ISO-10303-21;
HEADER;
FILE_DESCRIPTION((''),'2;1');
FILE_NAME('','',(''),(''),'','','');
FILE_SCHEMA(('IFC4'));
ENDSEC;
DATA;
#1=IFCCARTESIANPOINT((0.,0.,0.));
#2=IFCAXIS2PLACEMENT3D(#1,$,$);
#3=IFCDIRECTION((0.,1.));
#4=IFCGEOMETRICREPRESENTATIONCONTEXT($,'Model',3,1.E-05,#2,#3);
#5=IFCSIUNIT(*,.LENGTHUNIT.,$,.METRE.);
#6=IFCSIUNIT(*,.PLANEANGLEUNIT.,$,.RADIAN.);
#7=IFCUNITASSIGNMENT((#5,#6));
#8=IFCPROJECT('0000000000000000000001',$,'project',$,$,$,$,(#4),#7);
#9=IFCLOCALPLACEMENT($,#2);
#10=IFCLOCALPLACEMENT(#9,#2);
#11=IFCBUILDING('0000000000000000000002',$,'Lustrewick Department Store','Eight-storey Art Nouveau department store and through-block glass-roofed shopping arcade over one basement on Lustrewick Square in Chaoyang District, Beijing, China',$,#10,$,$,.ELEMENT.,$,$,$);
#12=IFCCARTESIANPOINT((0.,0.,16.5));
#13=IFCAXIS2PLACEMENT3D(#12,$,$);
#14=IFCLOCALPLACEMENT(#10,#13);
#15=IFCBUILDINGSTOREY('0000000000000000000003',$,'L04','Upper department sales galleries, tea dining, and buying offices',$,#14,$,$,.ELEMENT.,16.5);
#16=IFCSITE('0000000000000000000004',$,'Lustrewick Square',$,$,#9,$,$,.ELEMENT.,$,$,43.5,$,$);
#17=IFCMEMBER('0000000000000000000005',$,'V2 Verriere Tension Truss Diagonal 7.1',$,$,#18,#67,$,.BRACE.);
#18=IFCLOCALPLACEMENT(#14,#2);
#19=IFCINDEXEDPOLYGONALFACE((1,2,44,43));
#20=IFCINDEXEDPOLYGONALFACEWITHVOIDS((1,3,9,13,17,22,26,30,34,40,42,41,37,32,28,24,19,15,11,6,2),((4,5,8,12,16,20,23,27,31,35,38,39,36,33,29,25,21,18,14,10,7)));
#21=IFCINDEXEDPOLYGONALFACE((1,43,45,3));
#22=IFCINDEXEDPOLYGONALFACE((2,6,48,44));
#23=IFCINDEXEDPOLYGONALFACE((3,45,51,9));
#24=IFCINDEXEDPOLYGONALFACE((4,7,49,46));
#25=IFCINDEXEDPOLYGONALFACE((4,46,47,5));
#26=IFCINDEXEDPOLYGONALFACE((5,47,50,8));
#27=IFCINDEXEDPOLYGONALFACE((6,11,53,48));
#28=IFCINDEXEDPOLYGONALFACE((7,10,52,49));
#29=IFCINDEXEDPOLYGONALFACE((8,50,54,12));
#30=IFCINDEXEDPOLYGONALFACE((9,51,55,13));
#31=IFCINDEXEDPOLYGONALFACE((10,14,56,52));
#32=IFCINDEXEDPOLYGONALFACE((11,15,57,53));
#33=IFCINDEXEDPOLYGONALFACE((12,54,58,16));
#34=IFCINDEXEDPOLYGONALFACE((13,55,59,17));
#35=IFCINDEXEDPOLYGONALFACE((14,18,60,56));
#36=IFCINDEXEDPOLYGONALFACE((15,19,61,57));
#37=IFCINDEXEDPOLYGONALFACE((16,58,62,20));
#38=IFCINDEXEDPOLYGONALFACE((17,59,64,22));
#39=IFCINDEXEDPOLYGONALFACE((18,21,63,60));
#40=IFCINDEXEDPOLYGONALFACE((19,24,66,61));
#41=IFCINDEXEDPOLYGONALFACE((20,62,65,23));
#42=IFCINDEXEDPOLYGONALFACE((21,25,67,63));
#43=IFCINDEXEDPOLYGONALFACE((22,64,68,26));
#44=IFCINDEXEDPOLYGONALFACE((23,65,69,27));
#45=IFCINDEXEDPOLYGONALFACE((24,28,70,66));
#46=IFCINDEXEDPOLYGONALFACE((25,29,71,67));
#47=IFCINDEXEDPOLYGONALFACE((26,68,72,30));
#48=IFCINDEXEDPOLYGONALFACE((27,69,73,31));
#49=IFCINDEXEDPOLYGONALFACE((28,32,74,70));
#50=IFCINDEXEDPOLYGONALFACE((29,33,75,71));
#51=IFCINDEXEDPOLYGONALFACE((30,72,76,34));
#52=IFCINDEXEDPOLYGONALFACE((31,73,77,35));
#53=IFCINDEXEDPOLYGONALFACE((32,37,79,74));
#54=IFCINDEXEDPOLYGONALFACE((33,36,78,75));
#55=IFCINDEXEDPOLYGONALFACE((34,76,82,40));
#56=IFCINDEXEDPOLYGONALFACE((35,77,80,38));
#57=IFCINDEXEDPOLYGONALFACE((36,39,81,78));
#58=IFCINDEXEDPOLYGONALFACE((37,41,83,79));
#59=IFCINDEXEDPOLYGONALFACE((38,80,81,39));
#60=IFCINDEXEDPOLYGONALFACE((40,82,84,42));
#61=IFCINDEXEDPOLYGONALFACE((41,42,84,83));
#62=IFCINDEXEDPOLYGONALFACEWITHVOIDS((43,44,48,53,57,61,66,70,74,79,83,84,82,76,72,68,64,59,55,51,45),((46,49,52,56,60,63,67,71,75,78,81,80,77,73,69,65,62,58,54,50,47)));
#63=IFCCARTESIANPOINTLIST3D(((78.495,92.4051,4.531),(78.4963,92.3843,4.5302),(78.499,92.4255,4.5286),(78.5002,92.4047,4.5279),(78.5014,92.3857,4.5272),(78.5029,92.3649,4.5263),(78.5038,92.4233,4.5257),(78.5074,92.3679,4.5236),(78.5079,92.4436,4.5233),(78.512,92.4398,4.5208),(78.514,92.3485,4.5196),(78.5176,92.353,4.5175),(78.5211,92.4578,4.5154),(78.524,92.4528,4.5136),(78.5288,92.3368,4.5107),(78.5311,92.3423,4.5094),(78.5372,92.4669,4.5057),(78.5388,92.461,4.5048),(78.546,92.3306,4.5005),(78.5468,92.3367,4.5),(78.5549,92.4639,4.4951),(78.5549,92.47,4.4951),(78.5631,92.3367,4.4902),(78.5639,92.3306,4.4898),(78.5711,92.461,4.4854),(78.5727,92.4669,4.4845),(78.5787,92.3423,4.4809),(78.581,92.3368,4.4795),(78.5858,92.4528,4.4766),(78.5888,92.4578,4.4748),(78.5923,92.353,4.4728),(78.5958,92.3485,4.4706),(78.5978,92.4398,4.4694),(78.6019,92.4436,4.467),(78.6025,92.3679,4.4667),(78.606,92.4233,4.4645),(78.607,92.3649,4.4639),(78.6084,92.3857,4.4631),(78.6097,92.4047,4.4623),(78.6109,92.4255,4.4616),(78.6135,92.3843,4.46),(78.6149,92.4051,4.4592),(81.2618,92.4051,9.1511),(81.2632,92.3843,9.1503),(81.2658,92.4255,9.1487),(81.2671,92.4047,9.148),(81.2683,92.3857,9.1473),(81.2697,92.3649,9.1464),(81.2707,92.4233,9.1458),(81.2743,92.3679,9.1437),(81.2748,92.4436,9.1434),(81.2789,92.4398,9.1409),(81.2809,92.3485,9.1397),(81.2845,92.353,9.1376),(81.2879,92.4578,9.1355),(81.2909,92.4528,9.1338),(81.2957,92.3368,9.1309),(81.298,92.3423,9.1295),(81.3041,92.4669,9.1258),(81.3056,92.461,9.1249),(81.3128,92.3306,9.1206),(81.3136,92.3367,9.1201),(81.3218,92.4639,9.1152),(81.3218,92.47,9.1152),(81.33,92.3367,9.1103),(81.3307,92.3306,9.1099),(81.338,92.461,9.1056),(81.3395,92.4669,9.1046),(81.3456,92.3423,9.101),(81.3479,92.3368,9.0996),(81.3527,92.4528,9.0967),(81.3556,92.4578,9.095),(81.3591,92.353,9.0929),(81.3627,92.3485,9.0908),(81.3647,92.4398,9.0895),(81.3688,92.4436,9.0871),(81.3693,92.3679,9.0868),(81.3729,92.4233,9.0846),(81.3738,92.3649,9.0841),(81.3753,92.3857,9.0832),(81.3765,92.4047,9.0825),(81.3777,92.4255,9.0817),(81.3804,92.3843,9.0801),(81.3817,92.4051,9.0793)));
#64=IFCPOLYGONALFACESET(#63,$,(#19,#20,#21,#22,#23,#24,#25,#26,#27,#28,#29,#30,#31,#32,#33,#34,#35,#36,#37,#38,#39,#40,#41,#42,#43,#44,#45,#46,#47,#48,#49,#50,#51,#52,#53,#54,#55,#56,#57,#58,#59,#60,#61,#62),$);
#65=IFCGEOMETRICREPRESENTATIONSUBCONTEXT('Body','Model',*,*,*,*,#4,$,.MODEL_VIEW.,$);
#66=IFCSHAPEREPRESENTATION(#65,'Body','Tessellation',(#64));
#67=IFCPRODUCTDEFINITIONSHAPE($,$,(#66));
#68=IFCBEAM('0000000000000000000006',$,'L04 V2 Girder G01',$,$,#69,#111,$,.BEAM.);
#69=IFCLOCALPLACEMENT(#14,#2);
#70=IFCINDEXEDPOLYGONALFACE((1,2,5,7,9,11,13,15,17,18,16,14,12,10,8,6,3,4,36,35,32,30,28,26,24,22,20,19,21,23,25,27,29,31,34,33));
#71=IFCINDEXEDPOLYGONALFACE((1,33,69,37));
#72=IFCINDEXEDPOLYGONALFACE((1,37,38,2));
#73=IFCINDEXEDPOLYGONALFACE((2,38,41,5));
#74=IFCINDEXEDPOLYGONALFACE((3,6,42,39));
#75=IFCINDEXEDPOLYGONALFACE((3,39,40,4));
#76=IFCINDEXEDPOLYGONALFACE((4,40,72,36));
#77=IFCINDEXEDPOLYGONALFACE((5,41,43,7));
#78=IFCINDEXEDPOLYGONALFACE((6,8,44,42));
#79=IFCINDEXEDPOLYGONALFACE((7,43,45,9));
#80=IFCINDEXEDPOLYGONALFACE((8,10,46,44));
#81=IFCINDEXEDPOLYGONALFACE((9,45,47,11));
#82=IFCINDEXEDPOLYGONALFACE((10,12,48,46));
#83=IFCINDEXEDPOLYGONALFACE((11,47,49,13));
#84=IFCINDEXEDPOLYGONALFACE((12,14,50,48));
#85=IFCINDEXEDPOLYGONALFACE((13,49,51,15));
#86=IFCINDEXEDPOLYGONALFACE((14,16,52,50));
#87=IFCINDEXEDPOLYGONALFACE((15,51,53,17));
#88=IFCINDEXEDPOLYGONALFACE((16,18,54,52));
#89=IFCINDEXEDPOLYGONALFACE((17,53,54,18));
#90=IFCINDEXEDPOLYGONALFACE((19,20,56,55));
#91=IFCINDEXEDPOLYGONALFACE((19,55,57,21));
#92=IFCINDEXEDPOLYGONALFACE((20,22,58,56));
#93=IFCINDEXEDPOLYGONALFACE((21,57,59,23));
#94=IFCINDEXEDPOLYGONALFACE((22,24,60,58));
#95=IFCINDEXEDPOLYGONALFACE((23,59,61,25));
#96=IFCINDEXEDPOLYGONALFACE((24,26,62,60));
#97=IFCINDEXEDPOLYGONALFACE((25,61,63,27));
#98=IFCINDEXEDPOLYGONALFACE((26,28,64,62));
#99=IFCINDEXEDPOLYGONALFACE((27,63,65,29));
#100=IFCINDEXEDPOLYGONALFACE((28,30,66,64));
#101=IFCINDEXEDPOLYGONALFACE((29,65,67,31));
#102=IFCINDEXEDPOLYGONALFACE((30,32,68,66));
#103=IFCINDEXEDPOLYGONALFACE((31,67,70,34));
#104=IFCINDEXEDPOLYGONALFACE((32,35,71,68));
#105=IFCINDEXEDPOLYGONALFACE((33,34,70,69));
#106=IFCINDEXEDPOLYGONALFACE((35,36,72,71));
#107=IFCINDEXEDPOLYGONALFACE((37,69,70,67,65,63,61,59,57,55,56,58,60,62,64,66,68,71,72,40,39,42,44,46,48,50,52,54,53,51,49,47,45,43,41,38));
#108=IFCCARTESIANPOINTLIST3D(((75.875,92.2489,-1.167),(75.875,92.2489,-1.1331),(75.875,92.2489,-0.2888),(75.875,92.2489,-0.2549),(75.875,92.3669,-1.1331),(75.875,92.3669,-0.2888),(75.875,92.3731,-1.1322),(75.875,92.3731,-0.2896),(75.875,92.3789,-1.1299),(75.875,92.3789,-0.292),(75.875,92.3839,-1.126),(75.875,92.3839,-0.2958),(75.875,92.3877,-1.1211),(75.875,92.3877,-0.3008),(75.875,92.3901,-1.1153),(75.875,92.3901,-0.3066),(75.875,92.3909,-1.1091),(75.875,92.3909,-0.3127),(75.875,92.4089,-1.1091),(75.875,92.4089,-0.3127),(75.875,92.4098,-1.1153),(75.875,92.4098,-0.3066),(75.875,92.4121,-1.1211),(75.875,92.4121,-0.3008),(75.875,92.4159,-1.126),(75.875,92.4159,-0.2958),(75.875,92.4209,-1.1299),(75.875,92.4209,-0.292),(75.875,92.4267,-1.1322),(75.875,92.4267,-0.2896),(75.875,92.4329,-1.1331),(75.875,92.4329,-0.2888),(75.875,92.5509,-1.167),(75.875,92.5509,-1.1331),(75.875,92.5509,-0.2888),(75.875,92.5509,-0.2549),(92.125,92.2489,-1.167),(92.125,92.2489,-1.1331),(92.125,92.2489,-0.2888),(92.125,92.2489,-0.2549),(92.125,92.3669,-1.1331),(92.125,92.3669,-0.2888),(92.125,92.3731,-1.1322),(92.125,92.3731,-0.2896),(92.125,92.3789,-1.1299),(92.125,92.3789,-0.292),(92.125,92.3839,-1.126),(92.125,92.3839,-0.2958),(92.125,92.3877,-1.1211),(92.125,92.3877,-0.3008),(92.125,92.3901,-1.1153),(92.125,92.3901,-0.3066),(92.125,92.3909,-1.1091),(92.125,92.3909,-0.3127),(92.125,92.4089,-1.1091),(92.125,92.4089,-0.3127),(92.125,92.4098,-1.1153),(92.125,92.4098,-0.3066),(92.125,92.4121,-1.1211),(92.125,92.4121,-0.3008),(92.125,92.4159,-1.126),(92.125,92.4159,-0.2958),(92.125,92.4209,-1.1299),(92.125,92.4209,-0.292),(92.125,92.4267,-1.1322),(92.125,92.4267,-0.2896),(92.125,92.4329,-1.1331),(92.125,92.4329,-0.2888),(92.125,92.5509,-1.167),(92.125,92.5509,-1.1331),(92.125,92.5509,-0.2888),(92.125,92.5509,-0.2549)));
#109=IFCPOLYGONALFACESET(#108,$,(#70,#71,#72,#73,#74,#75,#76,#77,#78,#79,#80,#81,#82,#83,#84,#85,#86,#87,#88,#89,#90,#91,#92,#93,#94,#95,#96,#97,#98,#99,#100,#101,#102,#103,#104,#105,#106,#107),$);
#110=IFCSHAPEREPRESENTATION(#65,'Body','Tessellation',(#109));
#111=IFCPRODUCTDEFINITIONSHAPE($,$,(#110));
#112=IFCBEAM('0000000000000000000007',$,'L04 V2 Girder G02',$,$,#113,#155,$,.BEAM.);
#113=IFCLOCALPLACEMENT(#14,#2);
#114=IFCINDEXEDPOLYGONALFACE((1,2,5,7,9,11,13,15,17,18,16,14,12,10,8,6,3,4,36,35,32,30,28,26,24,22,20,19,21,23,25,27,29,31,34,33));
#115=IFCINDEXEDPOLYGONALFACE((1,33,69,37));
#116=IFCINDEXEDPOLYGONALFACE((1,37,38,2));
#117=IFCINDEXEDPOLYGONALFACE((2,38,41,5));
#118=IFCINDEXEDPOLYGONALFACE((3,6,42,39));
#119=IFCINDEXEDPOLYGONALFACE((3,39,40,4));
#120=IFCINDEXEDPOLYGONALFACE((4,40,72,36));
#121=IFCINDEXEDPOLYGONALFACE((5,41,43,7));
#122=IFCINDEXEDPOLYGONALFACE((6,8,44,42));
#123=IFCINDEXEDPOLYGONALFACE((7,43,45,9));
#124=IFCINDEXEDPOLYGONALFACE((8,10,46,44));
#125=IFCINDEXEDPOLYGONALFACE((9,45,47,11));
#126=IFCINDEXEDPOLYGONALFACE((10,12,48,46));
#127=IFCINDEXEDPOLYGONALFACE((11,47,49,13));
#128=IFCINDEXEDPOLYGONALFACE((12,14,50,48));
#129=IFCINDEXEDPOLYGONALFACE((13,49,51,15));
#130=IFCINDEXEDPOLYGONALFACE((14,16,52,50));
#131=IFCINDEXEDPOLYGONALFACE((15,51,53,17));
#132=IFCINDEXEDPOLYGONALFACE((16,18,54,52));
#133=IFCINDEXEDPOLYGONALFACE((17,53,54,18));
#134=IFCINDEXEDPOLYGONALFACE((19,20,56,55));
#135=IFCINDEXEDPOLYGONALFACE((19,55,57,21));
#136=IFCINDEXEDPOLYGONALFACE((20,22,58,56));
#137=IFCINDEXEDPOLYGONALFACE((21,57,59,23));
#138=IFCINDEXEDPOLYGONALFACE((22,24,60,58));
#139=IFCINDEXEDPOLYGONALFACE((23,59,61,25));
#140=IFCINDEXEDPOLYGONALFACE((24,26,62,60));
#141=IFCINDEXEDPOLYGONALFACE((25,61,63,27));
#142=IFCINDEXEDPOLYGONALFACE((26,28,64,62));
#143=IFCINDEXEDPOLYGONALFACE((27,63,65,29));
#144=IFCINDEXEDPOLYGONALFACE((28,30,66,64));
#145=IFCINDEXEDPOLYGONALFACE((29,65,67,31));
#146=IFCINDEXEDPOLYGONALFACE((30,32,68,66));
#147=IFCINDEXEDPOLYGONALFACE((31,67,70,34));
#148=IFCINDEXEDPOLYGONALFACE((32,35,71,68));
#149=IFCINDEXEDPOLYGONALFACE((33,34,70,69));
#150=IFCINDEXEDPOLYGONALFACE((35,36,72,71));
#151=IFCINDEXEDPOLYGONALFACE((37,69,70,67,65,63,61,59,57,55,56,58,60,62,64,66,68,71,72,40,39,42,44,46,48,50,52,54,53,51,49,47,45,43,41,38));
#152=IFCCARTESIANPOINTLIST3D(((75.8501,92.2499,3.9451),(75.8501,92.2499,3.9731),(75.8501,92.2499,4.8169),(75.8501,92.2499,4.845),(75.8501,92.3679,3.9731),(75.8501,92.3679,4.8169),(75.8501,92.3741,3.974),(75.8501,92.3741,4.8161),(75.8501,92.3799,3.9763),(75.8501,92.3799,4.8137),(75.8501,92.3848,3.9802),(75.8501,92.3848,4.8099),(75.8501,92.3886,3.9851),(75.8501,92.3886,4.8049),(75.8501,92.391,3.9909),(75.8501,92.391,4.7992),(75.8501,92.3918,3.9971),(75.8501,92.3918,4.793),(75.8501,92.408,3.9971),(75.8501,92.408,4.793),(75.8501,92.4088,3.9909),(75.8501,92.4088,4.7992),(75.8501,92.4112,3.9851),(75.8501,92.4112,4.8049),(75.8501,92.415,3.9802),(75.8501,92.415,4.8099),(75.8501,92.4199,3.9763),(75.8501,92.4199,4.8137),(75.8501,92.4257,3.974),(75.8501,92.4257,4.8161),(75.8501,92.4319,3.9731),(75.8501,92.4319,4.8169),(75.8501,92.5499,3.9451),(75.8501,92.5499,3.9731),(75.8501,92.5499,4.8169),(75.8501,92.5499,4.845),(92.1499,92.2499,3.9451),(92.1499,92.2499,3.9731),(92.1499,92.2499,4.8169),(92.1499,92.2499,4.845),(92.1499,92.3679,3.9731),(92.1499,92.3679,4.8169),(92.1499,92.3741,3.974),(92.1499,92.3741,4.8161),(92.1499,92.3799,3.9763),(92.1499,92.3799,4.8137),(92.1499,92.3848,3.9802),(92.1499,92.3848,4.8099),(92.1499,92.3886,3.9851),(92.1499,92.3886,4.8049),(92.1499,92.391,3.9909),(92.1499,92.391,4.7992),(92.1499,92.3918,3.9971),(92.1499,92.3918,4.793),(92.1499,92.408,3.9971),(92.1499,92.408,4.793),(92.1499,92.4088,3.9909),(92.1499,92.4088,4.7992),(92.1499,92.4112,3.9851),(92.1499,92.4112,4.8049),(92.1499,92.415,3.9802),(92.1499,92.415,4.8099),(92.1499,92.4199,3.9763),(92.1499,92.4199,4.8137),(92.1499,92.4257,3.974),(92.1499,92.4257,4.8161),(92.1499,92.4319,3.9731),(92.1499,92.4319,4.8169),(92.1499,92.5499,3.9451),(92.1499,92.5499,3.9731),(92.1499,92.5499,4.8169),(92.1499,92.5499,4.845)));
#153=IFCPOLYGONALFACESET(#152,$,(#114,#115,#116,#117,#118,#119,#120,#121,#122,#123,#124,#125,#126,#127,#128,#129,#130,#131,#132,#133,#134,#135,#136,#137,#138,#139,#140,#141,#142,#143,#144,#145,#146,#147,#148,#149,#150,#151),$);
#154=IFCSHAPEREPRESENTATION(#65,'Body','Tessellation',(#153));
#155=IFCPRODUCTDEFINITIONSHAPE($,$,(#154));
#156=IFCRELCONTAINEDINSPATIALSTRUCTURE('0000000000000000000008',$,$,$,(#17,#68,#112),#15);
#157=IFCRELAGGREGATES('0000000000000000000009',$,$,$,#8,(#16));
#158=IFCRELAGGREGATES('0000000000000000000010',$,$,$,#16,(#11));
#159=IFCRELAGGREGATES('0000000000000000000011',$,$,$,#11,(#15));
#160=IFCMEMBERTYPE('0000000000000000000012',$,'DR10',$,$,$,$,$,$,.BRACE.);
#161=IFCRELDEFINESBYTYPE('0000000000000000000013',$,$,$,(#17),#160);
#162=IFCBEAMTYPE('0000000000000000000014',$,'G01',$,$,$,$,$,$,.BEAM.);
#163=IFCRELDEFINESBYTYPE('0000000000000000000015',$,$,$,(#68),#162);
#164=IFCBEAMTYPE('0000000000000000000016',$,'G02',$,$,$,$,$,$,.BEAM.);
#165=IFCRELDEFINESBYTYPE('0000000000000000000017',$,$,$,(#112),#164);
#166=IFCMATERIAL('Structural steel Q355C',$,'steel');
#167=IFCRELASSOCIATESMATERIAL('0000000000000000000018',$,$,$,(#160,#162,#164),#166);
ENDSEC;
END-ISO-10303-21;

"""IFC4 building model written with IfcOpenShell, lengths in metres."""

from ifc_helpers import new_model, si_unit, direction, frame, origin, origin_2d, place, context, subcontext, project, spatial, hollow_circle, i_section, extrude, material, material_profile, profile_set, type_object, element, save


model = new_model("IFC4")

# Units and contexts
model_context = context("Model", 3, precision=1e-05, world=origin(), true_north=direction((0.0, 1.0)))
body_context = subcontext(model_context, "Body", "Model", "MODEL_VIEW")
ifc_project = project(units=[si_unit("LENGTHUNIT", "METRE"), si_unit("PLANEANGLEUNIT", "RADIAN")], contexts=[model_context])

# Site, building, storey
site_placement = place(None, origin())
site = spatial("IfcSite", under=ifc_project, at=site_placement, Name="Lustrewick Square", CompositionType="ELEMENT", RefElevation=43.5)
building_placement = place(site_placement, origin())
building = spatial("IfcBuilding", under=site, at=building_placement, Name="Lustrewick Department Store", Description="Eight-storey Art Nouveau department store and through-block glass-roofed shopping arcade over one basement on Lustrewick Square in Chaoyang District, Beijing, China", CompositionType="ELEMENT")
storey_placement = place(building_placement, frame((0.0, 0.0, 16.5)))
storey = spatial("IfcBuildingStorey", under=building, at=storey_placement, Name="L04", Description="Upper department sales galleries, tea dining, and buying offices", CompositionType="ELEMENT", Elevation=16.5)

# Shared definitions
ifc_material_1 = material(Name="Structural steel Q355C", Category="steel")

# Member
ifc_material_profile_1 = material_profile(ifc_material_1, hollow_circle(Radius=0.0701, WallThickness=0.0061, at=origin_2d()), Name="CHS 140x6")
ifc_profile_set_1 = profile_set([ifc_material_profile_1], Name="Structural steel Q355C")
member_type_1 = type_object("IfcMemberType", Name="DR10", PredefinedType="BRACE", material=ifc_profile_set_1)
member_1_placement = place(storey_placement, frame((78.5549, 92.3999, 4.4951), z_axis=(0.513782, 0.0, 0.857921), x_axis=(0.0, 1.0, 0.0)))
element("IfcMember", 1, at=member_1_placement, inside=storey, type_object=member_type_1, Name="V2 Verriere Tension Truss Diagonal 7.1", PredefinedType="BRACE", context=body_context, shape_type="SweptSolid", body=[
    extrude(hollow_circle(Radius=0.0701, WallThickness=0.0061, at=origin_2d()), origin(), (0.0, 0.0, 1.0), 5.3853),
])

# Beams
ifc_material_profile_2 = material_profile(ifc_material_1, i_section(OverallWidth=0.302, OverallDepth=0.9121, WebThickness=0.0181, FlangeThickness=0.0339, FilletRadius=0.0239, at=origin_2d()), Name="HN 912x302x18x34")
ifc_profile_set_2 = profile_set([ifc_material_profile_2], Name="Structural steel Q355C")
beam_type_1 = type_object("IfcBeamType", Name="G01", PredefinedType="BEAM", material=ifc_profile_set_2)
beam_1_placement = place(storey_placement, frame((75.875, 92.3999, -0.7109), z_axis=(1.0, 0.0, 0.0), x_axis=(0.0, 1.0, 0.0)))
element("IfcBeam", 2, at=beam_1_placement, inside=storey, type_object=beam_type_1, Name="L04 V2 Girder G01", PredefinedType="BEAM", context=body_context, shape_type="SweptSolid", body=[
    extrude(i_section(OverallWidth=0.302, OverallDepth=0.9121, WebThickness=0.0181, FlangeThickness=0.0339, FilletRadius=0.0239, at=origin_2d()), origin(), (0.0, 0.0, 1.0), 16.25),
])
ifc_material_profile_3 = material_profile(ifc_material_1, i_section(OverallWidth=0.3, OverallDepth=0.8999, WebThickness=0.0161, FlangeThickness=0.0281, FilletRadius=0.0239, at=origin_2d()), Name="HN 900x300x16x28")
ifc_profile_set_3 = profile_set([ifc_material_profile_3], Name="Structural steel Q355C")
beam_type_2 = type_object("IfcBeamType", Name="G02", PredefinedType="BEAM", material=ifc_profile_set_3)
beam_2_placement = place(storey_placement, frame((75.8501, 92.3999, 4.395), z_axis=(1.0, 0.0, 0.0), x_axis=(0.0, 1.0, 0.0)))
element("IfcBeam", 3, at=beam_2_placement, inside=storey, type_object=beam_type_2, Name="L04 V2 Girder G02", PredefinedType="BEAM", context=body_context, shape_type="SweptSolid", body=[
    extrude(i_section(OverallWidth=0.3, OverallDepth=0.8999, WebThickness=0.0161, FlangeThickness=0.0281, FilletRadius=0.0239, at=origin_2d()), origin(), (0.0, 0.0, 1.0), 16.2998),
])

save(model, "model.ifc")
